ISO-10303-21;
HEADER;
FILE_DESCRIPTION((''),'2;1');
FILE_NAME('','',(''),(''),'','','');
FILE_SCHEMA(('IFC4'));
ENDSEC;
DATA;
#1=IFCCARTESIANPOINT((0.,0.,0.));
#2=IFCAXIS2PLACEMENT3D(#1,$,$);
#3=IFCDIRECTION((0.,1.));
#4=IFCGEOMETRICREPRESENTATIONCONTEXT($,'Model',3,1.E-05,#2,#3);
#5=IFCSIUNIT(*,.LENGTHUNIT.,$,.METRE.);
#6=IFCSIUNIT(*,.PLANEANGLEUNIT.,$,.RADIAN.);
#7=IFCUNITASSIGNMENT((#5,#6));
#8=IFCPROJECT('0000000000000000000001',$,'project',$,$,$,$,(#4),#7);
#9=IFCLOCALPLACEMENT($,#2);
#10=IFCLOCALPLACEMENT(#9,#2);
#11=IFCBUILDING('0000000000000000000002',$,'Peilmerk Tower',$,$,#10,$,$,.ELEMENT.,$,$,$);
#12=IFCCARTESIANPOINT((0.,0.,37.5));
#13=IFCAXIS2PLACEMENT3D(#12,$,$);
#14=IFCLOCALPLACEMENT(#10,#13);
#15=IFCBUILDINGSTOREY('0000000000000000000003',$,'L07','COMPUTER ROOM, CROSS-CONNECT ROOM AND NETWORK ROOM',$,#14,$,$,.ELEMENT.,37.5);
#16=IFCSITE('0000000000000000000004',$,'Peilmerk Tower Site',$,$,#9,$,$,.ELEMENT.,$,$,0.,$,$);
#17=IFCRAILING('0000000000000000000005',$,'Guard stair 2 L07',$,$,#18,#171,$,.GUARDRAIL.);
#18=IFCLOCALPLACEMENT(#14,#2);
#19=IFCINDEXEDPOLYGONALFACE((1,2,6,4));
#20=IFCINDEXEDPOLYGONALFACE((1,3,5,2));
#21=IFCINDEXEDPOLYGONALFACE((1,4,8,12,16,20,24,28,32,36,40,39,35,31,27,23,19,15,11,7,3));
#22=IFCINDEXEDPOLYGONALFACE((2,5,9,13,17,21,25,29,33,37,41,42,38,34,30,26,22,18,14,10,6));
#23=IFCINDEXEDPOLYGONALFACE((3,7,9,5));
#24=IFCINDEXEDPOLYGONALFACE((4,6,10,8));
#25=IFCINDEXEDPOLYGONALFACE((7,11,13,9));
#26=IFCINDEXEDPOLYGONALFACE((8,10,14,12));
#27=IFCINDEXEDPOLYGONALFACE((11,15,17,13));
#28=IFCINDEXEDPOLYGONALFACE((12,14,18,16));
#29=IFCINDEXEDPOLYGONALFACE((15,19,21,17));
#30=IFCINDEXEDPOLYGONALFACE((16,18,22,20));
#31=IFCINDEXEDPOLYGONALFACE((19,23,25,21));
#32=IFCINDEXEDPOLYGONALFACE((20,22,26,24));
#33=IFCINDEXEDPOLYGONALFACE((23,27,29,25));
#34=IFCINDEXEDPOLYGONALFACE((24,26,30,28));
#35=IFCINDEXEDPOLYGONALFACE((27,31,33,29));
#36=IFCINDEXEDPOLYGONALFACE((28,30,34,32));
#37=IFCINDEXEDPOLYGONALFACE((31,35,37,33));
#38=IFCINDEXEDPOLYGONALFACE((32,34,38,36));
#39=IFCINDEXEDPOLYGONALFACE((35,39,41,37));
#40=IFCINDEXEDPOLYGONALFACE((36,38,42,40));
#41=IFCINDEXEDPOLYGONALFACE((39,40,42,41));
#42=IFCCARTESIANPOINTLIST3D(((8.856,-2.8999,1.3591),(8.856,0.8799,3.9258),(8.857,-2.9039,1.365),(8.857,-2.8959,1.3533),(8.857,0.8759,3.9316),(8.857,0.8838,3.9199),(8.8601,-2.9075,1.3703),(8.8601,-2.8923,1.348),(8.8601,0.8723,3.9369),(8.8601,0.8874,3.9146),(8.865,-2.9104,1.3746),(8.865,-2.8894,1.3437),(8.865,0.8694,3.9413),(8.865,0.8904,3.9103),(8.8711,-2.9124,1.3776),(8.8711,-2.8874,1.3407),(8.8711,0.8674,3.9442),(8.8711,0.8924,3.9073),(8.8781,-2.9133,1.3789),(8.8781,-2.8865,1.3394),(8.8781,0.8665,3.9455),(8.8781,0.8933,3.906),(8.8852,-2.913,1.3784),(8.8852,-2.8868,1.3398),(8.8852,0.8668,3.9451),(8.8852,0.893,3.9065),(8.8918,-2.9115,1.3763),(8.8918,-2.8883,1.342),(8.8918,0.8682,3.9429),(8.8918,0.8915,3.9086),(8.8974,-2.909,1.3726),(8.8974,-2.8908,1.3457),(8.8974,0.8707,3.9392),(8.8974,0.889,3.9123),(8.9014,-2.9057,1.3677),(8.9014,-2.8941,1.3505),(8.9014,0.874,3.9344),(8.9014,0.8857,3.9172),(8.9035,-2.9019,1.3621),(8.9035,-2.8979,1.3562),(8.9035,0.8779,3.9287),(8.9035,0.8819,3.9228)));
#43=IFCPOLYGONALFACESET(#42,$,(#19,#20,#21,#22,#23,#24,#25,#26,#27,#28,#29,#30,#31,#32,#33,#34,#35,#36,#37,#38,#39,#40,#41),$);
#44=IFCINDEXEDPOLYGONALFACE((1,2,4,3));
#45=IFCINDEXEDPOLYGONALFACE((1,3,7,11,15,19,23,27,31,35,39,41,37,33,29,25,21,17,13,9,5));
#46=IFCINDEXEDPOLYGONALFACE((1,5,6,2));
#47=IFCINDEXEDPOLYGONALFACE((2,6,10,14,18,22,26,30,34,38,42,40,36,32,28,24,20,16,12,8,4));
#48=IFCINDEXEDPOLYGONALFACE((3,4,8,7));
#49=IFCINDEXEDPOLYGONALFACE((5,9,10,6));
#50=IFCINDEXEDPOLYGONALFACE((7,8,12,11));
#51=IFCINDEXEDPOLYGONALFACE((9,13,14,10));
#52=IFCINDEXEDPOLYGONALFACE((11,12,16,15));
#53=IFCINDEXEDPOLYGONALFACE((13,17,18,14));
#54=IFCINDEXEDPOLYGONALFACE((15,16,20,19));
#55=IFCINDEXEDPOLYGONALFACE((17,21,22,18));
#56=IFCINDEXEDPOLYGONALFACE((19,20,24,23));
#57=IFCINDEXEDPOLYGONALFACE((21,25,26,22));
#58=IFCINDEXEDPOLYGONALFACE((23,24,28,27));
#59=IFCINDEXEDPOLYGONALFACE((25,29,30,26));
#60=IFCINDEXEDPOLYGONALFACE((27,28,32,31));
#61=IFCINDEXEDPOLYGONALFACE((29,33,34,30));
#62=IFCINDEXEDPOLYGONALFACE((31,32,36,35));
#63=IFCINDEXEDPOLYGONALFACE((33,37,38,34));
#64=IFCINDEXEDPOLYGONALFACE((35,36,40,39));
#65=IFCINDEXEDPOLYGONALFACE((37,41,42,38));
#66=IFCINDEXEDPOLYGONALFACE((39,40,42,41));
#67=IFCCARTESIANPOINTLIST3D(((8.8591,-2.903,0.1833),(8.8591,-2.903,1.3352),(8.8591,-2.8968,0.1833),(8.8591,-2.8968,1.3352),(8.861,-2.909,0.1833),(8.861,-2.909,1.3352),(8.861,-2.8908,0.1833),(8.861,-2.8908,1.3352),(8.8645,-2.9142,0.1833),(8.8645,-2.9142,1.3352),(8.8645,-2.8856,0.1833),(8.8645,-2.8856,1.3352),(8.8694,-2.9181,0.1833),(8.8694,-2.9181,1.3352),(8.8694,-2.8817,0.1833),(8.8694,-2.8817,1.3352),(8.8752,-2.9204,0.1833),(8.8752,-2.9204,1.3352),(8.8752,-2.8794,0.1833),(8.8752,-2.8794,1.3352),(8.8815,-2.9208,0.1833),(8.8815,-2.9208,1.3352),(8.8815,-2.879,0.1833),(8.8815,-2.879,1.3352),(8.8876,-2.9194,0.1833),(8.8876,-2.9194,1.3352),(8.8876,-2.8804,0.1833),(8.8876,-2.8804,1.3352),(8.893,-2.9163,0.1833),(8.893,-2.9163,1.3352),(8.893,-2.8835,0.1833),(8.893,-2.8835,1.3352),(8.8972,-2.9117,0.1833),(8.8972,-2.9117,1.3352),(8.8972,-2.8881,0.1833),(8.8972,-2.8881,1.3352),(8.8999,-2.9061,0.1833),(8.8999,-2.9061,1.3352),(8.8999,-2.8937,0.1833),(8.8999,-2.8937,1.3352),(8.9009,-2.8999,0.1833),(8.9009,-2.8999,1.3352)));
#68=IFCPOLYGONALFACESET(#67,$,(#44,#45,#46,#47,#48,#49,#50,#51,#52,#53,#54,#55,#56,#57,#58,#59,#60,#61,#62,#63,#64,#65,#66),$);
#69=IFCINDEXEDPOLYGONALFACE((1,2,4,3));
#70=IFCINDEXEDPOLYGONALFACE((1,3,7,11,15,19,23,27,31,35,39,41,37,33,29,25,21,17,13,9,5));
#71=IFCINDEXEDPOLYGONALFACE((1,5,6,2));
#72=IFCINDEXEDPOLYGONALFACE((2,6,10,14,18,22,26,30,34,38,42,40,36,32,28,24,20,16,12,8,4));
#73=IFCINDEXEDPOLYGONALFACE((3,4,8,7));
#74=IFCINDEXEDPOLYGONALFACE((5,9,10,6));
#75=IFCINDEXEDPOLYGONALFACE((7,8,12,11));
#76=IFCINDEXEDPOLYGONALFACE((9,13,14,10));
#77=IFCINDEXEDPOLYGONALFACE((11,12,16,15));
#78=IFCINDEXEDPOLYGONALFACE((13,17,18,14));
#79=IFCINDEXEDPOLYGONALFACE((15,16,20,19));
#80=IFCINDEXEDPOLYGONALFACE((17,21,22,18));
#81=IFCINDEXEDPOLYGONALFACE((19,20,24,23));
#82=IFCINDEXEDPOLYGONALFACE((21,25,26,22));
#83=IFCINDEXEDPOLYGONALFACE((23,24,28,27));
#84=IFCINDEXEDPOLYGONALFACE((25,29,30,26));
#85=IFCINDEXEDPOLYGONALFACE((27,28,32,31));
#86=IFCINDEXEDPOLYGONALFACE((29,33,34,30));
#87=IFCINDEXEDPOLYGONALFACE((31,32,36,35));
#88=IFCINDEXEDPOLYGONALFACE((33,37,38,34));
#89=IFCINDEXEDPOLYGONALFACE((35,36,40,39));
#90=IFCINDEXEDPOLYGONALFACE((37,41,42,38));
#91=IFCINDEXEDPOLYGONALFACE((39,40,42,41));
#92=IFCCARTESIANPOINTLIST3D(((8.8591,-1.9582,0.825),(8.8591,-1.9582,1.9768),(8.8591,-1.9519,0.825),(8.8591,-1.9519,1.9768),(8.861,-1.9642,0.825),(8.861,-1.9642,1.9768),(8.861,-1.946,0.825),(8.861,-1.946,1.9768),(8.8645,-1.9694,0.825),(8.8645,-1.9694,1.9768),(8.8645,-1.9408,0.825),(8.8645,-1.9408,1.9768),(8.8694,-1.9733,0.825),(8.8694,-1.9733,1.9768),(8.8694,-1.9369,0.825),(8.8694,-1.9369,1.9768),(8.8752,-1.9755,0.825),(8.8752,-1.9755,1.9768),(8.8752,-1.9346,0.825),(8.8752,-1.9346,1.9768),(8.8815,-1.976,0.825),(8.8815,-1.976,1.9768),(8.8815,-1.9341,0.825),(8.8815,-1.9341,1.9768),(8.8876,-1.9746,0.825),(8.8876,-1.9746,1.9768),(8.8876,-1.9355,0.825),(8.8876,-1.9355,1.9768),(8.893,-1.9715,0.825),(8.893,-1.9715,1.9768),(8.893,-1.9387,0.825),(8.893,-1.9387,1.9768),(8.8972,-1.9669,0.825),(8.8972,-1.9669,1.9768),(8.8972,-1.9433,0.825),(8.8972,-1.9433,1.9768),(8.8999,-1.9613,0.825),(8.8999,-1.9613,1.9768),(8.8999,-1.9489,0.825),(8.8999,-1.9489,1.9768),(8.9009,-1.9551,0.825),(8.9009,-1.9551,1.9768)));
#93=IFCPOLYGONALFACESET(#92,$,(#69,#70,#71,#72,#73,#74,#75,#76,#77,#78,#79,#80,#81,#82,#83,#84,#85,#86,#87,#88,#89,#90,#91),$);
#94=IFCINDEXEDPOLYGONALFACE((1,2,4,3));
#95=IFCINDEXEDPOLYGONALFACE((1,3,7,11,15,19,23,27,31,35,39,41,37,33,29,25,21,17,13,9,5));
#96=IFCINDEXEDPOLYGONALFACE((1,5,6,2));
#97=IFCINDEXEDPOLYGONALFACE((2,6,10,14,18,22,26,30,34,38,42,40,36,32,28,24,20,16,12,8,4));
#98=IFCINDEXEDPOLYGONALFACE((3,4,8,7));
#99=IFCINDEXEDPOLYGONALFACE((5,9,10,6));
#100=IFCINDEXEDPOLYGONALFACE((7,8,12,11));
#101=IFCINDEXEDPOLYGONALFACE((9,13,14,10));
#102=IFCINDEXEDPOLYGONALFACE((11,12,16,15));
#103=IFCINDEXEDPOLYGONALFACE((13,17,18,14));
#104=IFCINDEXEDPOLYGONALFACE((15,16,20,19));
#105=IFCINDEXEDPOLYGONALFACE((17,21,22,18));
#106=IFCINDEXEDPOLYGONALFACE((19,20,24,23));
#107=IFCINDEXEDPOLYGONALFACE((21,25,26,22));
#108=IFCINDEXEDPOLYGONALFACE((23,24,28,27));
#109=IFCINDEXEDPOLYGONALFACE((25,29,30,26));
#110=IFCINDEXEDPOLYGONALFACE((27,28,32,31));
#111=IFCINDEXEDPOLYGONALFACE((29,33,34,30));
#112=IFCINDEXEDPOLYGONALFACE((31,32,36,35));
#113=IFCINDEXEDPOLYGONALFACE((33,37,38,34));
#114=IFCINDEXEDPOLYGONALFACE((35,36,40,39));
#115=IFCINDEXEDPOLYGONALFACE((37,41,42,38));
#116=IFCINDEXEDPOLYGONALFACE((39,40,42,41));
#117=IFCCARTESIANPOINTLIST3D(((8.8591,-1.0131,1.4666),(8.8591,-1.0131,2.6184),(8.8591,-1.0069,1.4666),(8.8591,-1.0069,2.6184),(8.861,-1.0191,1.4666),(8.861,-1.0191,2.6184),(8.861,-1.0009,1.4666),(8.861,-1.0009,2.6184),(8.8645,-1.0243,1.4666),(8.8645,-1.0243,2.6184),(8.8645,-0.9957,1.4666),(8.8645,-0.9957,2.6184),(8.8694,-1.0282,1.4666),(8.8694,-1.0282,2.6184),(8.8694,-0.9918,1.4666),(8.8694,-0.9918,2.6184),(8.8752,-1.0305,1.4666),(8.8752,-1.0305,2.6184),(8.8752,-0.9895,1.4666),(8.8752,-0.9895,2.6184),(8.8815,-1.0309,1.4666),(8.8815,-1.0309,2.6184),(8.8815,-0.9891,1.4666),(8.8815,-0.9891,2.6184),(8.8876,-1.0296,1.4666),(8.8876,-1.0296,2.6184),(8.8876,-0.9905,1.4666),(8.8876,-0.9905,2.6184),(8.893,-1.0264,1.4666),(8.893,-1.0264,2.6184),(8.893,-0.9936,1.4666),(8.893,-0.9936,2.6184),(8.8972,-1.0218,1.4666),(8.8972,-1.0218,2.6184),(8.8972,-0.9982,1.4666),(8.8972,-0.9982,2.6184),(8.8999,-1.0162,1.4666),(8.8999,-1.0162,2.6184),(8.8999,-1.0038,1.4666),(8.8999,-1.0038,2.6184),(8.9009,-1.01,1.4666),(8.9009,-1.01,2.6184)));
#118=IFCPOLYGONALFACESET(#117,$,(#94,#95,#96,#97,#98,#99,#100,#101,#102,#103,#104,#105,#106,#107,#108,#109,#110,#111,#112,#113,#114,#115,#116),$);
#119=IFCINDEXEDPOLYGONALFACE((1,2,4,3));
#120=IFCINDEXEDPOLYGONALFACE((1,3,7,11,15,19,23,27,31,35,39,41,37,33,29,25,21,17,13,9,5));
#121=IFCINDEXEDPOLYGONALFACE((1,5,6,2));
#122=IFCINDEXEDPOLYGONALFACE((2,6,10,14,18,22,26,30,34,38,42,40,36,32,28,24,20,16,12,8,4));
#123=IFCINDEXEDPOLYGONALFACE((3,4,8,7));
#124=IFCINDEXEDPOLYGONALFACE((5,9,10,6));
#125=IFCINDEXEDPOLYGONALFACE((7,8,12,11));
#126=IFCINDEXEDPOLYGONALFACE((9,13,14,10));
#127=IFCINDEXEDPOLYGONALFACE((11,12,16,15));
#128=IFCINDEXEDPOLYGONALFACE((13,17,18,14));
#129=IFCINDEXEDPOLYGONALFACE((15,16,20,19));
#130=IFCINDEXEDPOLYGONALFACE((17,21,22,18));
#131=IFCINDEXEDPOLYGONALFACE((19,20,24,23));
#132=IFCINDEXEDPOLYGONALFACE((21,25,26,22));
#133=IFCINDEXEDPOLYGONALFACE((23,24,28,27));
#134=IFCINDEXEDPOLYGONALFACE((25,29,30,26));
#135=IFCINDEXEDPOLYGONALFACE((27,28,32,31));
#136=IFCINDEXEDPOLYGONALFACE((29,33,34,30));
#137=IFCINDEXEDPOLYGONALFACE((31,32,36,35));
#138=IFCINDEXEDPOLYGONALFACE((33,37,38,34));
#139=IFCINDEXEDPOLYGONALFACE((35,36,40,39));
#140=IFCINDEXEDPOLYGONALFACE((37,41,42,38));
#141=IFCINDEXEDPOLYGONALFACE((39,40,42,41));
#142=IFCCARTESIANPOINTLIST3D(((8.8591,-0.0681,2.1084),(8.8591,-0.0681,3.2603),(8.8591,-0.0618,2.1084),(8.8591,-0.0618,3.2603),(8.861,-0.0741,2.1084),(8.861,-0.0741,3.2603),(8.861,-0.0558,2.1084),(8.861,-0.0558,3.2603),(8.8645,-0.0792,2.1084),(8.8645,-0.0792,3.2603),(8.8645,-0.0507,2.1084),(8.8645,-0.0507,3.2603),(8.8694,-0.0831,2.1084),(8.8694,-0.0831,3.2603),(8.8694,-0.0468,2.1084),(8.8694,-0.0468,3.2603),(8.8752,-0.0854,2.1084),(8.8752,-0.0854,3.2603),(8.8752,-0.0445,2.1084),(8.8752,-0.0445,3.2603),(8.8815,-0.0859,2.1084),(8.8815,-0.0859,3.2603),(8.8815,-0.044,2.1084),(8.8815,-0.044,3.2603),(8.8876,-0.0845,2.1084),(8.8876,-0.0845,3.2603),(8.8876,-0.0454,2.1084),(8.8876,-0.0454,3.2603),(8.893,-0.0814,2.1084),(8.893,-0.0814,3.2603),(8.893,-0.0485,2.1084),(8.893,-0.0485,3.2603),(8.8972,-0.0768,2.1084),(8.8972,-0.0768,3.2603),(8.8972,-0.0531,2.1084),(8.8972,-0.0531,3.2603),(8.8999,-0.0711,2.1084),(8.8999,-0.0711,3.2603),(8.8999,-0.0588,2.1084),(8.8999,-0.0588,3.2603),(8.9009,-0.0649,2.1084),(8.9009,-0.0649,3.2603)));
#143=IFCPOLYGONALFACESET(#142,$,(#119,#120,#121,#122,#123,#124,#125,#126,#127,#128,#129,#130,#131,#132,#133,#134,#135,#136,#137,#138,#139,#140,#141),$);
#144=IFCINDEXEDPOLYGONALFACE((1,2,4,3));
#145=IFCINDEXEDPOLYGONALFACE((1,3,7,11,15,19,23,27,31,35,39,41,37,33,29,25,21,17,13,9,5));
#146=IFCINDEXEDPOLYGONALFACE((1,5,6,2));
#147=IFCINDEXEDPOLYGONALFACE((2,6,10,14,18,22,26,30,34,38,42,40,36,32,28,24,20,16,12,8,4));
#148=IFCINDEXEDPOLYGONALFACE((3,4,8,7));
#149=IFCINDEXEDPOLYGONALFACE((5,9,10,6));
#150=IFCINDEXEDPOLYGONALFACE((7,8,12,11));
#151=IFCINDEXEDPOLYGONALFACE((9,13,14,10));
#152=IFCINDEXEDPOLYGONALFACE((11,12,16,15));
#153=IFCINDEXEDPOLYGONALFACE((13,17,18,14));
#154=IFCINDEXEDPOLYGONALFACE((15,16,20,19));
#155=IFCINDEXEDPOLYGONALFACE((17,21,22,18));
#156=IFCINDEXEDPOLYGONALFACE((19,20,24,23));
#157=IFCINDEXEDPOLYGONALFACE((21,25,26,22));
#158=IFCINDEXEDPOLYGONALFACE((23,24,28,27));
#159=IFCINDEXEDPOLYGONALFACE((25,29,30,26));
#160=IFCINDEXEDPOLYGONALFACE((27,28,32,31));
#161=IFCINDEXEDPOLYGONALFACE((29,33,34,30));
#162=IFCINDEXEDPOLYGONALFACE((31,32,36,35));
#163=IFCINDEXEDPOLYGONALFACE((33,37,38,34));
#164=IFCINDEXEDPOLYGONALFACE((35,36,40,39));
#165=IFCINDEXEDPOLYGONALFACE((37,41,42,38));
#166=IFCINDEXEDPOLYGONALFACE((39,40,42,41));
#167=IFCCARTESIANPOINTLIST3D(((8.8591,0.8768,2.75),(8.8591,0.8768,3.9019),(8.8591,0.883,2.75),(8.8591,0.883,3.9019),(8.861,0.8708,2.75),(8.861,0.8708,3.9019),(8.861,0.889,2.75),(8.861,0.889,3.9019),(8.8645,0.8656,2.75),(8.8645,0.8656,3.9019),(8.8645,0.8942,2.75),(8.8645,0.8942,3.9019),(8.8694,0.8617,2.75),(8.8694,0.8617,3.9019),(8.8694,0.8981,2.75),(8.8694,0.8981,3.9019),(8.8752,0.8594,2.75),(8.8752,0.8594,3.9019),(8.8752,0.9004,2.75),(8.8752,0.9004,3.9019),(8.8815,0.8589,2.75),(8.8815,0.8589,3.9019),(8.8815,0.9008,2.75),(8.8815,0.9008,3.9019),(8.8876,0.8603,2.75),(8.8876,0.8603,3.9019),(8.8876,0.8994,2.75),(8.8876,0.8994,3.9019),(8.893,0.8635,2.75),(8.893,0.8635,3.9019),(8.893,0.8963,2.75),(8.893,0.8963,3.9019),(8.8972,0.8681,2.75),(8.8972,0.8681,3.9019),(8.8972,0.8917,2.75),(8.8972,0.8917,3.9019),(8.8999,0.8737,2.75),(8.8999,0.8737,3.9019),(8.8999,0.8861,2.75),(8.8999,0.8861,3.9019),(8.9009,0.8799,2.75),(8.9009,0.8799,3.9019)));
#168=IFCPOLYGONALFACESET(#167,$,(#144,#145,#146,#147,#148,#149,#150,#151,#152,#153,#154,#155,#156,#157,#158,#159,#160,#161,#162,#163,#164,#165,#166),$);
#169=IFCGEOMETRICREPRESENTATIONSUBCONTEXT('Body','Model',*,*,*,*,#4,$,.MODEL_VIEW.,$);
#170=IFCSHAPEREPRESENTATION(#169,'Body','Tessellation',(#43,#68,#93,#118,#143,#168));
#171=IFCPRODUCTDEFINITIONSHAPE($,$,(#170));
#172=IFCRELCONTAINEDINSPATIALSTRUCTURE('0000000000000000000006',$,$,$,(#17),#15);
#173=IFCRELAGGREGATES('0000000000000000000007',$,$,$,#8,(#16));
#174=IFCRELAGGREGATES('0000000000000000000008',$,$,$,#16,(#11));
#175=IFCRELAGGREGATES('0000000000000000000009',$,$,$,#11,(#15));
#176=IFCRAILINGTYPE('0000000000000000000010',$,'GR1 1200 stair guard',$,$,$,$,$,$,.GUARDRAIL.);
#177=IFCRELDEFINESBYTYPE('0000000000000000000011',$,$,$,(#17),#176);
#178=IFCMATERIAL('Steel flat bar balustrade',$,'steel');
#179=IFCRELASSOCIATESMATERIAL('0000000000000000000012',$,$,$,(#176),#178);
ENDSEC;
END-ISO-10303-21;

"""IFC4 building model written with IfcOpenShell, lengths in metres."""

from ifc_helpers import new_model, si_unit, direction, frame, origin, origin_2d, place, context, subcontext, project, spatial, circle, extrude, material, type_object, element, save


model = new_model("IFC4")

# Units and contexts
model_context = context("Model", 3, precision=1e-05, world=origin(), true_north=direction((0.0, 1.0)))
body_context = subcontext(model_context, "Body", "Model", "MODEL_VIEW")
ifc_project = project(units=[si_unit("LENGTHUNIT", "METRE"), si_unit("PLANEANGLEUNIT", "RADIAN")], contexts=[model_context])

# Site, building, storey
site_placement = place(None, origin())
site = spatial("IfcSite", under=ifc_project, at=site_placement, Name="Peilmerk Tower Site", CompositionType="ELEMENT", RefElevation=0.0)
building_placement = place(site_placement, origin())
building = spatial("IfcBuilding", under=site, at=building_placement, Name="Peilmerk Tower", CompositionType="ELEMENT")
storey_placement = place(building_placement, frame((0.0, 0.0, 37.5)))
storey = spatial("IfcBuildingStorey", under=building, at=storey_placement, Name="L07", Description="COMPUTER ROOM, CROSS-CONNECT ROOM AND NETWORK ROOM", CompositionType="ELEMENT", Elevation=37.5)

# Railing
ifc_material_1 = material(Name="Steel flat bar balustrade", Category="steel")
railing_type_1 = type_object("IfcRailingType", Name="GR1 1200 stair guard", PredefinedType="GUARDRAIL", material=ifc_material_1)
railing_1_placement = place(storey_placement, frame((8.8799, -2.8999, 0.1833)))
element("IfcRailing", 1, at=railing_1_placement, inside=storey, type_object=railing_type_1, Name="Guard stair 2 L07", PredefinedType="GUARDRAIL", context=body_context, shape_type="SweptSolid", body=[
    extrude(circle(Radius=0.0239, at=origin_2d()), frame((0.0, 0.0, 1.1758), z_axis=(0.0, 0.827293, 0.561771), x_axis=(-1.0, 0.0, 0.0)), (0.0, 0.0, 1.0), 4.5688),
    extrude(circle(Radius=0.021, at=origin_2d()), origin(), (0.0, 0.0, 1.0), 1.1519),
    extrude(circle(Radius=0.021, at=origin_2d()), frame((0.0, 0.9448, 0.6416)), (0.0, 0.0, 1.0), 1.1519),
    extrude(circle(Radius=0.021, at=origin_2d()), frame((0.0, 1.8899, 1.2832)), (0.0, 0.0, 1.0), 1.1519),
    extrude(circle(Radius=0.021, at=origin_2d()), frame((0.0, 2.835, 1.925)), (0.0, 0.0, 1.0), 1.1519),
    extrude(circle(Radius=0.021, at=origin_2d()), frame((0.0, 3.7798, 2.5667)), (0.0, 0.0, 1.0), 1.1519),
])

save(model, "model.ifc")
